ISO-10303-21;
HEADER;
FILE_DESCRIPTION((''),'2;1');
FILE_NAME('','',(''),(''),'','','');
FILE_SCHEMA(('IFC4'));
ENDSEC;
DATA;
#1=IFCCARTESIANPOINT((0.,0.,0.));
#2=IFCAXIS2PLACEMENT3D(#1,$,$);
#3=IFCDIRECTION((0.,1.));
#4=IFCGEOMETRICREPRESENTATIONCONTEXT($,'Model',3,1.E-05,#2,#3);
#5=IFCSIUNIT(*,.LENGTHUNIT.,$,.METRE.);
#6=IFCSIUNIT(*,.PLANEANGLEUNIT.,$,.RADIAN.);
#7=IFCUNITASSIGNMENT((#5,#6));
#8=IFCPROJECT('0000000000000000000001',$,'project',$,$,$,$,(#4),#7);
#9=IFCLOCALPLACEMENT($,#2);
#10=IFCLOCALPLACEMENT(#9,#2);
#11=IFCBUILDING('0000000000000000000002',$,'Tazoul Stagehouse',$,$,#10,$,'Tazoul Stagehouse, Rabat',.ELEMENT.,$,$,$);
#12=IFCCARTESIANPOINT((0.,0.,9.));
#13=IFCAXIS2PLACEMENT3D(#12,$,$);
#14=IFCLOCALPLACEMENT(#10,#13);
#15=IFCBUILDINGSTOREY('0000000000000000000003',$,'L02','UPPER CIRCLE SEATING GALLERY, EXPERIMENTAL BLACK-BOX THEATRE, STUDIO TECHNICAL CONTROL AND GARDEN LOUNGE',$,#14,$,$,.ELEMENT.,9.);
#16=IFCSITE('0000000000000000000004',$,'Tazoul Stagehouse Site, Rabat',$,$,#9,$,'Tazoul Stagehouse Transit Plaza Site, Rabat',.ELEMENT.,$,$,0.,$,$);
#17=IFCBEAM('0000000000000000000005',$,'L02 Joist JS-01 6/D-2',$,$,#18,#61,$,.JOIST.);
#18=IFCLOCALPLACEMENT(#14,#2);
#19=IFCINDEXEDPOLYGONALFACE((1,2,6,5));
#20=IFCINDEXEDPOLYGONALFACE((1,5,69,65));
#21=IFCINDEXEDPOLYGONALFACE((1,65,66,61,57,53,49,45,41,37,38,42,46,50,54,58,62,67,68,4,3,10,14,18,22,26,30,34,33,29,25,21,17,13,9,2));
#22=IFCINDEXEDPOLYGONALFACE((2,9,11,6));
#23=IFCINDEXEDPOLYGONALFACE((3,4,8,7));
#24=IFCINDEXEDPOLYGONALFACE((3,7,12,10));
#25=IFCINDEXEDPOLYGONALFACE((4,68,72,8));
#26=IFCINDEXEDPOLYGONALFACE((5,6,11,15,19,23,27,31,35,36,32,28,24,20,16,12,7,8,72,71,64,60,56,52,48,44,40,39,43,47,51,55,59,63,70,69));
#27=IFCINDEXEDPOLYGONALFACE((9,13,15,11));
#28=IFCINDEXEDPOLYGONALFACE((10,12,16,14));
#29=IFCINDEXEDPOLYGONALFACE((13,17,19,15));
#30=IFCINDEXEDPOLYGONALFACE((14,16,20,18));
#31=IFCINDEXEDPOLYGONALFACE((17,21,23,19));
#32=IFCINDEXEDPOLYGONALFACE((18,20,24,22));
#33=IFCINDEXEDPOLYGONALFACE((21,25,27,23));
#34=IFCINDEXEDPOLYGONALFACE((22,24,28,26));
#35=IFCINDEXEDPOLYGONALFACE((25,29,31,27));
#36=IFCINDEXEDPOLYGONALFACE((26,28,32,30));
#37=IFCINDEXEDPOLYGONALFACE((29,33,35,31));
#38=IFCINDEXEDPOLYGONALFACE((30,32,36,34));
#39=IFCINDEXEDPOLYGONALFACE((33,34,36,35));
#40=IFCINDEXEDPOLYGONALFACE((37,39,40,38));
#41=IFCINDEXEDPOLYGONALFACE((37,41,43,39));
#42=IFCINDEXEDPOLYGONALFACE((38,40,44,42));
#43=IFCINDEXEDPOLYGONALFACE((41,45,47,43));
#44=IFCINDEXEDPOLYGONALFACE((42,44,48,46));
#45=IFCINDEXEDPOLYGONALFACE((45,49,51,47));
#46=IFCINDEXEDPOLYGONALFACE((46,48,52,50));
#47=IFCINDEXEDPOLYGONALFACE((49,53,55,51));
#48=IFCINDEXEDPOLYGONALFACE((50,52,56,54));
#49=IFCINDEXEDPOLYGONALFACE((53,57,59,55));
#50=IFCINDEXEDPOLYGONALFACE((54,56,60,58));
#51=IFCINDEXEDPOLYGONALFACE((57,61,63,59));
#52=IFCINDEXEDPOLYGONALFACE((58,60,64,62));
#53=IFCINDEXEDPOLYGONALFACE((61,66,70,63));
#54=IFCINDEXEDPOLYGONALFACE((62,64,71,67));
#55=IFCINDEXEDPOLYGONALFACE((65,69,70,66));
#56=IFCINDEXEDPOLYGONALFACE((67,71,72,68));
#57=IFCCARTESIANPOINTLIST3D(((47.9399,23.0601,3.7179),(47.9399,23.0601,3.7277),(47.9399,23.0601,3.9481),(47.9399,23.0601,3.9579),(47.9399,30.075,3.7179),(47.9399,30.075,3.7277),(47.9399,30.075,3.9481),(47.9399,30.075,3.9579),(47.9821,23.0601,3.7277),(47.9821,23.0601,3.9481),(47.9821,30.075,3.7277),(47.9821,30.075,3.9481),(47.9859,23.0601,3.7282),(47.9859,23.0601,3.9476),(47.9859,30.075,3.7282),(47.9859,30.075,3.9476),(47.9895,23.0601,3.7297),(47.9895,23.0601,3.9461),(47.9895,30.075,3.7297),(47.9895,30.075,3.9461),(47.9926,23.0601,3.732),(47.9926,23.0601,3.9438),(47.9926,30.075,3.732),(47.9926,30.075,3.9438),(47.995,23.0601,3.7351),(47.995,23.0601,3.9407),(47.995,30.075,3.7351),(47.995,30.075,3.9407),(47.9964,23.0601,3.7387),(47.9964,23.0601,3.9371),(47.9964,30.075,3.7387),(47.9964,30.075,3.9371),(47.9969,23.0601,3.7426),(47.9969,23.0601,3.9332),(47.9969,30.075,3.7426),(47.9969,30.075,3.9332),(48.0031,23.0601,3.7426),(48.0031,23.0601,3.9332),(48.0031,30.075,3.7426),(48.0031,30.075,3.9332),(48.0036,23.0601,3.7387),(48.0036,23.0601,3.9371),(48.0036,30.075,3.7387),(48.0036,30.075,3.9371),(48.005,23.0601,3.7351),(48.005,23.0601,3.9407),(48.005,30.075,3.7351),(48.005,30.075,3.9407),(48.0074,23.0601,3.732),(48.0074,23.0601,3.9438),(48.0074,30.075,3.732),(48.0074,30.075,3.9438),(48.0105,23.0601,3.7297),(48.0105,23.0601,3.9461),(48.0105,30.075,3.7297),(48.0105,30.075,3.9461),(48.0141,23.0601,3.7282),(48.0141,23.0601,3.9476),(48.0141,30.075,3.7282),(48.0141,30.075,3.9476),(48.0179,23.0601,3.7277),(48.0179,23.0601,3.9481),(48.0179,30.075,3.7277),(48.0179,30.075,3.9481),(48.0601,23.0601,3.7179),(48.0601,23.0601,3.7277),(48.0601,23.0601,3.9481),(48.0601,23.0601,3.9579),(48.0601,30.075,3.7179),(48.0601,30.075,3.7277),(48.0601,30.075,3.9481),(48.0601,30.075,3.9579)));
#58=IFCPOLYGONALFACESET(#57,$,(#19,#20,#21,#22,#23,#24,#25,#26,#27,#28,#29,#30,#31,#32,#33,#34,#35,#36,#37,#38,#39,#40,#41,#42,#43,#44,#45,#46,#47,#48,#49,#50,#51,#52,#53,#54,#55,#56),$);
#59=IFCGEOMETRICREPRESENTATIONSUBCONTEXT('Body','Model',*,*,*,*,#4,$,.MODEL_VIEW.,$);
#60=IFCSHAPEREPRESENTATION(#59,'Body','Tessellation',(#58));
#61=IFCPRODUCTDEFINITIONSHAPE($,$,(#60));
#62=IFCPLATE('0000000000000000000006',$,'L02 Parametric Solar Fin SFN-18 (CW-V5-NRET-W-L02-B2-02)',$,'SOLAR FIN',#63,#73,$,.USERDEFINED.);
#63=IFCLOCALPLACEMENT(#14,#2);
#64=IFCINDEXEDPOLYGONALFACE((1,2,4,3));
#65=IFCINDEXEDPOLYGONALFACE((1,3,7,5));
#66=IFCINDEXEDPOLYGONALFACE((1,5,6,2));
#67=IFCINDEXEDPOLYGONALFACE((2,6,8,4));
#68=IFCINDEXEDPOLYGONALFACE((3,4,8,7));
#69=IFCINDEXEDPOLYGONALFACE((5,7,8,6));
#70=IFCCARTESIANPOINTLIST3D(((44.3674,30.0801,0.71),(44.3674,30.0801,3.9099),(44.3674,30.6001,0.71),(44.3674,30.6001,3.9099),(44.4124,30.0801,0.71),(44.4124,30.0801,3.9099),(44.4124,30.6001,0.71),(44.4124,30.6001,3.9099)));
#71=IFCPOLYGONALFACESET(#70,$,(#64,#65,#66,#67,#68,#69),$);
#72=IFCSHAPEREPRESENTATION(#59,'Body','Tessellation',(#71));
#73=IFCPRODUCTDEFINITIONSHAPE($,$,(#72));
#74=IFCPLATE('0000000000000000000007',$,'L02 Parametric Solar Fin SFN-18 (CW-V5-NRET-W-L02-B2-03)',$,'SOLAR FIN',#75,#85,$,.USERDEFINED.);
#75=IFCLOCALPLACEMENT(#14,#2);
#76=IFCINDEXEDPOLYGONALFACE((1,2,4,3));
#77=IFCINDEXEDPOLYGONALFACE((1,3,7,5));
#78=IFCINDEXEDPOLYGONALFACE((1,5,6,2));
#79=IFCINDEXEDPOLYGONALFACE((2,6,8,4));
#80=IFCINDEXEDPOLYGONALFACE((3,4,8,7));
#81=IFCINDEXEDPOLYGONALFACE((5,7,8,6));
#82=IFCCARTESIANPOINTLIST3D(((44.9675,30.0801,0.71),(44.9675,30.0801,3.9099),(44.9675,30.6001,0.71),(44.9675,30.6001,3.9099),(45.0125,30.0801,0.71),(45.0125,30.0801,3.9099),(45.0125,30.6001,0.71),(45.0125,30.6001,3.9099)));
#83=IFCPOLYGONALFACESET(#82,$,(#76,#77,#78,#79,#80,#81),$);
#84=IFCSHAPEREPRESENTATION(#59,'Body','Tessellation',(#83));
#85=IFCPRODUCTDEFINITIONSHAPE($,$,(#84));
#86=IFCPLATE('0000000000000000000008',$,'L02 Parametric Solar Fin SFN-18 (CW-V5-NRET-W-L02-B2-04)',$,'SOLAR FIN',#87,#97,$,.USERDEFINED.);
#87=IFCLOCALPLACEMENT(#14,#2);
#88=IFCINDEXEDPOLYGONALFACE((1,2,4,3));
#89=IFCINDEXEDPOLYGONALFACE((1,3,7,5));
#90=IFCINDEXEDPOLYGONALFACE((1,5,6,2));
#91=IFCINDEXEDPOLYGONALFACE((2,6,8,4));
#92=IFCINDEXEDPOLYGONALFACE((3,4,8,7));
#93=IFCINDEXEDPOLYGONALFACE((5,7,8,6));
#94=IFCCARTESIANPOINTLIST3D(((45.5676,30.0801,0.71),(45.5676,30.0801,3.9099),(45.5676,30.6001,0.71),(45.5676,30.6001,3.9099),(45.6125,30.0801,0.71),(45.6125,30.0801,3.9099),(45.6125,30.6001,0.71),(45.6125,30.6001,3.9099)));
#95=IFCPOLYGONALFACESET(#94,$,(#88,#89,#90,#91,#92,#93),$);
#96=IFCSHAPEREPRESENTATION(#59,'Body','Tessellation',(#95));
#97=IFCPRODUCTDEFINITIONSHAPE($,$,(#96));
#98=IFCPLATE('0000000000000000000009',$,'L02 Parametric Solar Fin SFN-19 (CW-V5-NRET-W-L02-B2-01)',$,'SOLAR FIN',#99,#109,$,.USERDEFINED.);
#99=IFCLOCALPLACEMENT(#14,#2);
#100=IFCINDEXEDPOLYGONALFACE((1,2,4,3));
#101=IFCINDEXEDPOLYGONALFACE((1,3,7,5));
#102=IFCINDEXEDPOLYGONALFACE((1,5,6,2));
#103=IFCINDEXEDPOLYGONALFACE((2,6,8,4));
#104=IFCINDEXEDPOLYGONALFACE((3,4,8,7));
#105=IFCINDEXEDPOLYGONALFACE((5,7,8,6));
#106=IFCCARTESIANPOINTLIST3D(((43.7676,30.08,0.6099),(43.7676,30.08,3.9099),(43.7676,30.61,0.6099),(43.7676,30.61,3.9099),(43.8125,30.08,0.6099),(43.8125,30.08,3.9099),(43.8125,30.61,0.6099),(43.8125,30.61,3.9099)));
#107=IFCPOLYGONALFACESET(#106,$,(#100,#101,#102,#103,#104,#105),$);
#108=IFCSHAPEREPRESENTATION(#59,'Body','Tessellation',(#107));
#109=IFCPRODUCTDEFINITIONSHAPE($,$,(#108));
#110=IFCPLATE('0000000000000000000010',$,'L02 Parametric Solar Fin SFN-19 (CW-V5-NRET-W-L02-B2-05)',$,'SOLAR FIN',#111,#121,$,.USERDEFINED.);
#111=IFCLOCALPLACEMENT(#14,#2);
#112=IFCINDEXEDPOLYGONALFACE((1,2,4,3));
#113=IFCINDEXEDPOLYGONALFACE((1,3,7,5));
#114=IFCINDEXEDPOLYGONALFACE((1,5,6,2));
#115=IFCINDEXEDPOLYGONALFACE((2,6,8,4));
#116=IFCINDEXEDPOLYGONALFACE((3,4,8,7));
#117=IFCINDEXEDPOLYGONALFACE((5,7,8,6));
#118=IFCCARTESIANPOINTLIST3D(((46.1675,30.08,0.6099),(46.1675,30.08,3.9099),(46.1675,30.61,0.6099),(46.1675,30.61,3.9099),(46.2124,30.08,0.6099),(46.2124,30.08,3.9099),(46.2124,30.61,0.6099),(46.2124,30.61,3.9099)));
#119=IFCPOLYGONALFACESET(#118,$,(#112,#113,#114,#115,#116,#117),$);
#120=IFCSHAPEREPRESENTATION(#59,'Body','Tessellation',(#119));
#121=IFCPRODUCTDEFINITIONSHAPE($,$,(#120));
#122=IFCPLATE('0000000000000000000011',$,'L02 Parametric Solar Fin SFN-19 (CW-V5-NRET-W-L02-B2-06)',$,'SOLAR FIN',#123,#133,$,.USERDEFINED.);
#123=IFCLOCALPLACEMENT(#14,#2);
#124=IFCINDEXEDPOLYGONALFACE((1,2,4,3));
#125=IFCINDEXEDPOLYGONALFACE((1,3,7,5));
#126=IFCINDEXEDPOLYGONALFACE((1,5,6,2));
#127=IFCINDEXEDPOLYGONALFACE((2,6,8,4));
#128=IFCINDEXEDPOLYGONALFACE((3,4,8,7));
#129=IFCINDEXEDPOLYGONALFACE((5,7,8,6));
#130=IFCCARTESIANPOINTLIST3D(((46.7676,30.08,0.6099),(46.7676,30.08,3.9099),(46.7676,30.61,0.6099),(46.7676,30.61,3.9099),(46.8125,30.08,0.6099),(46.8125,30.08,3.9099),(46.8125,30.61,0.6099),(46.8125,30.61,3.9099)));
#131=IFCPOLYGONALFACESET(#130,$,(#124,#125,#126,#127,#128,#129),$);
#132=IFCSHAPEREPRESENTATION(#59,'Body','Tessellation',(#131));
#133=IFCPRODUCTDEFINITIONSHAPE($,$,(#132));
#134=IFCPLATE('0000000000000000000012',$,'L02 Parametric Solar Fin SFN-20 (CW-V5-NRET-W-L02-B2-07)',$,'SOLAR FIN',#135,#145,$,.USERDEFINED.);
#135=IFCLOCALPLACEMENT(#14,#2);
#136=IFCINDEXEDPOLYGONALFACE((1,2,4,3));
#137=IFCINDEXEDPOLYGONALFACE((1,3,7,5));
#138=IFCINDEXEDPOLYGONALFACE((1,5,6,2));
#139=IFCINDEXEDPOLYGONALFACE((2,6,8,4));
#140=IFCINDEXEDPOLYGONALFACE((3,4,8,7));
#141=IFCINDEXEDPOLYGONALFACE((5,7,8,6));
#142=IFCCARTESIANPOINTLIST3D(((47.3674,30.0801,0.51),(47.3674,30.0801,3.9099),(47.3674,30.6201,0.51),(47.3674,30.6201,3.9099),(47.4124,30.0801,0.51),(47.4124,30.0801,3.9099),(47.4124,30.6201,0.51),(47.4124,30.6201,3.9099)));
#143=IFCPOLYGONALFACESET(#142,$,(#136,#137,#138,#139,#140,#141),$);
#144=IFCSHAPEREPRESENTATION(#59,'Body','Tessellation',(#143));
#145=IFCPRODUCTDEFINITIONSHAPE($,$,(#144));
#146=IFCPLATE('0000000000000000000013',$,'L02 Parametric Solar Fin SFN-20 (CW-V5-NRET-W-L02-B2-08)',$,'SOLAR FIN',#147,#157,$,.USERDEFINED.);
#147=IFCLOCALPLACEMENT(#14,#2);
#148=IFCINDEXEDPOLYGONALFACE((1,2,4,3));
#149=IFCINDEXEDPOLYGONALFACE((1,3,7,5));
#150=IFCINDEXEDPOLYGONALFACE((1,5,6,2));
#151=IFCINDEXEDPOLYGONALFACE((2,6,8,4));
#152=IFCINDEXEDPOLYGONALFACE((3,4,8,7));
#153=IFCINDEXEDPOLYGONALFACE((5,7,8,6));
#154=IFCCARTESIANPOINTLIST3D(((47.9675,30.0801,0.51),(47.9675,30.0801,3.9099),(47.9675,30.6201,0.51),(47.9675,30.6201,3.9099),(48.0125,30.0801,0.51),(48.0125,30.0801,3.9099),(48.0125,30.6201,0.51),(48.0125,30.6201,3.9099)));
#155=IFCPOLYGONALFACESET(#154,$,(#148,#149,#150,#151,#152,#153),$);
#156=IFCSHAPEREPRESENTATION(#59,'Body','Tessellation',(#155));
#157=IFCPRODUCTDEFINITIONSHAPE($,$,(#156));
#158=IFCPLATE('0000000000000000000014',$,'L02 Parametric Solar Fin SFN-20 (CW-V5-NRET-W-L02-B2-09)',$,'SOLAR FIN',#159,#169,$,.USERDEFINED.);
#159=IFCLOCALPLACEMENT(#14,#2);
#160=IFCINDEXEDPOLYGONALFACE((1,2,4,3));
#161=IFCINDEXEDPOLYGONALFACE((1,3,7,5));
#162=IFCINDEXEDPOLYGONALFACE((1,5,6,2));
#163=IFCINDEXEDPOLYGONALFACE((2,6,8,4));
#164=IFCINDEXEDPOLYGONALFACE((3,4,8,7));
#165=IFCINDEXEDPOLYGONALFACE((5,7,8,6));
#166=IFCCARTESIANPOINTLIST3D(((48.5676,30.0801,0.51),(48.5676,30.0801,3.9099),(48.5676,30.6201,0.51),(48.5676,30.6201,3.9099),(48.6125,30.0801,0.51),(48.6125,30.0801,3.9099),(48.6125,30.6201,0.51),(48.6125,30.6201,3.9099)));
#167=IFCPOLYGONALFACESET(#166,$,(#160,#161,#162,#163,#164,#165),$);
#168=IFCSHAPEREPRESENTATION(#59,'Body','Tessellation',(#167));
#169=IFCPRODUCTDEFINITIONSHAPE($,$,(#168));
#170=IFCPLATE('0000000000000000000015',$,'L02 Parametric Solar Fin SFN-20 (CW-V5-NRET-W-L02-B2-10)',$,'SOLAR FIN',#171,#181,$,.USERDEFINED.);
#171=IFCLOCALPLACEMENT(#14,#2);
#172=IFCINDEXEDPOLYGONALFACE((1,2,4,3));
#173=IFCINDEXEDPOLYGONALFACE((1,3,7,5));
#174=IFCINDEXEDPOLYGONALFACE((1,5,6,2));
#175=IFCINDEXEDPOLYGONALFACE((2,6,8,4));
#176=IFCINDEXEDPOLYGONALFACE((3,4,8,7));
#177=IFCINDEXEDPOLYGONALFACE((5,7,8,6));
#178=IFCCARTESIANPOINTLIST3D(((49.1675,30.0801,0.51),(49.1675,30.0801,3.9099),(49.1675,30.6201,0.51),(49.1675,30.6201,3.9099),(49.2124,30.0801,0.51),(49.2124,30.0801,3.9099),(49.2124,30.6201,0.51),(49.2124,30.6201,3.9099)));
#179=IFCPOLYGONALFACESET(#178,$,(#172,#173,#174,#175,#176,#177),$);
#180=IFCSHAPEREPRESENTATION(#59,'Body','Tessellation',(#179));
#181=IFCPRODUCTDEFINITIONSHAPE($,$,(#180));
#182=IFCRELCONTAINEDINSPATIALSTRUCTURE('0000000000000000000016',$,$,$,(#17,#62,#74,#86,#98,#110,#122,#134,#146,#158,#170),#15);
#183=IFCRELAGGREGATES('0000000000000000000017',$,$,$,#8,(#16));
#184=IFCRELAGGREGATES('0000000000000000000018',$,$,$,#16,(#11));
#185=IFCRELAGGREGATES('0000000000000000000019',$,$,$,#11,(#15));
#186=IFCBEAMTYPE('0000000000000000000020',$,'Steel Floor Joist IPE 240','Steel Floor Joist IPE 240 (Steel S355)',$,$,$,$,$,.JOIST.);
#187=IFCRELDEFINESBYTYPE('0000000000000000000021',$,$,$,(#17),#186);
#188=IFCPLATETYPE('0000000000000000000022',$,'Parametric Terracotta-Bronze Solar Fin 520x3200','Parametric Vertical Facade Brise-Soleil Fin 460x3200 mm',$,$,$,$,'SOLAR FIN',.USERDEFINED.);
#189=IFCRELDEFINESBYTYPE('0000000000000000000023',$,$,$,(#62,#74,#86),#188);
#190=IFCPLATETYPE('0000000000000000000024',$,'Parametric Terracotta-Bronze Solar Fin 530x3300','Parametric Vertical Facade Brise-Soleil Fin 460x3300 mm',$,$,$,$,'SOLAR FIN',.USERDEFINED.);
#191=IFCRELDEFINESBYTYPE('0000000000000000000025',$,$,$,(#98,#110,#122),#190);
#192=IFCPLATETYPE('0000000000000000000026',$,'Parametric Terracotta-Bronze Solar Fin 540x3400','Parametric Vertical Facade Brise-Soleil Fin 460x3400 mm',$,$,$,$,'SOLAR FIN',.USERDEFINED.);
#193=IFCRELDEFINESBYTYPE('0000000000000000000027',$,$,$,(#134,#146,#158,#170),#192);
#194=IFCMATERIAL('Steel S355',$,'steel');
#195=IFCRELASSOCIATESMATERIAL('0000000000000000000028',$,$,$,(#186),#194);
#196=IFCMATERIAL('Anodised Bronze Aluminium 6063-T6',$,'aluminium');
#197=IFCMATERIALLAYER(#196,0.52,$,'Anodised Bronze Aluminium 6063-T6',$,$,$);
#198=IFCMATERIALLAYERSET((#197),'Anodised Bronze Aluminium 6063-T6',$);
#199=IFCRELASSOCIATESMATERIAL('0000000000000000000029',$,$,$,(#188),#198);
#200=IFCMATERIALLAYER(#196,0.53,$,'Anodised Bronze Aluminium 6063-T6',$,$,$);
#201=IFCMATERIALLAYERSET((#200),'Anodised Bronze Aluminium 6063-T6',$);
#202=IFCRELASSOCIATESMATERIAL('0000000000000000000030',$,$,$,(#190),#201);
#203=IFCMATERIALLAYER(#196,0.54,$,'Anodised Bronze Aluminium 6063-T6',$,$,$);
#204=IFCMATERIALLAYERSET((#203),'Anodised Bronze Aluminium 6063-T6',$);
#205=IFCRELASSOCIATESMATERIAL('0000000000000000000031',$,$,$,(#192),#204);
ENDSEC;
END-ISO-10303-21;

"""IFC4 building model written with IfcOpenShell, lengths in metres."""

from ifc_helpers import new_model, si_unit, direction, frame, origin, origin_2d, place, context, subcontext, project, spatial, rectangle, i_section, extrude, material, layer, layer_set, material_profile, profile_set, type_object, element, save


model = new_model("IFC4")

# Units and contexts
model_context = context("Model", 3, precision=1e-05, world=origin(), true_north=direction((0.0, 1.0)))
body_context = subcontext(model_context, "Body", "Model", "MODEL_VIEW")
ifc_project = project(units=[si_unit("LENGTHUNIT", "METRE"), si_unit("PLANEANGLEUNIT", "RADIAN")], contexts=[model_context])

# Site, building, storey
site_placement = place(None, origin())
site = spatial("IfcSite", under=ifc_project, at=site_placement, Name="Tazoul Stagehouse Site, Rabat", LongName="Tazoul Stagehouse Transit Plaza Site, Rabat", CompositionType="ELEMENT", RefElevation=0.0)
building_placement = place(site_placement, origin())
building = spatial("IfcBuilding", under=site, at=building_placement, Name="Tazoul Stagehouse", LongName="Tazoul Stagehouse, Rabat", CompositionType="ELEMENT")
storey_placement = place(building_placement, frame((0.0, 0.0, 9.0)))
storey = spatial("IfcBuildingStorey", under=building, at=storey_placement, Name="L02", Description="UPPER CIRCLE SEATING GALLERY, EXPERIMENTAL BLACK-BOX THEATRE, STUDIO TECHNICAL CONTROL AND GARDEN LOUNGE", CompositionType="ELEMENT", Elevation=9.0)

# Beam
ifc_material_1 = material(Name="Steel S355", Category="steel")
ifc_material_profile = material_profile(ifc_material_1, i_section(OverallWidth=0.1201, OverallDepth=0.24, WebThickness=0.0061, FlangeThickness=0.0098, FilletRadius=0.0149, at=origin_2d()), Name="IPE 240")
ifc_profile_set = profile_set([ifc_material_profile], Name="Steel S355")
beam_type = type_object("IfcBeamType", Name="Steel Floor Joist IPE 240", Description="Steel Floor Joist IPE 240 (Steel S355)", PredefinedType="JOIST", material=ifc_profile_set)
beam_placement = place(storey_placement, frame((48.0, 23.0601, 3.8379), z_axis=(0.0, 1.0, 0.0), x_axis=(-1.0, 0.0, 0.0)))
element("IfcBeam", 1, at=beam_placement, inside=storey, type_object=beam_type, Name="L02 Joist JS-01 6/D-2", PredefinedType="JOIST", context=body_context, shape_type="SweptSolid", body=[
    extrude(i_section(OverallWidth=0.1201, OverallDepth=0.24, WebThickness=0.0061, FlangeThickness=0.0098, FilletRadius=0.0149, at=origin_2d()), origin(), (0.0, 0.0, 1.0), 7.0149),
])

# Plates
ifc_material_2 = material(Name="Anodised Bronze Aluminium 6063-T6", Category="aluminium")
ifc_layer_1 = layer(ifc_material_2, 0.52, Name="Anodised Bronze Aluminium 6063-T6")
ifc_layer_set_1 = layer_set([ifc_layer_1], Name="Anodised Bronze Aluminium 6063-T6")
plate_type_1 = type_object("IfcPlateType", Name="Parametric Terracotta-Bronze Solar Fin 520x3200", Description="Parametric Vertical Facade Brise-Soleil Fin 460x3200 mm", ElementType="SOLAR FIN", PredefinedType="USERDEFINED", material=ifc_layer_set_1)
for number, where, z_axis, x_axis, name in (
    (2, (44.3899, 30.3401, 0.71), (0.0, 0.0, 1.0), (1.0, 0.0, 0.0), "L02 Parametric Solar Fin SFN-18 (CW-V5-NRET-W-L02-B2-02)"),
    (3, (44.99, 30.3401, 0.71), (0.0, 0.0, 1.0), (1.0, 0.0, 0.0), "L02 Parametric Solar Fin SFN-18 (CW-V5-NRET-W-L02-B2-03)"),
    (4, (45.5901, 30.3401, 0.71), (0.0, 0.0, 1.0), (1.0, 0.0, 0.0), "L02 Parametric Solar Fin SFN-18 (CW-V5-NRET-W-L02-B2-04)"),
):
    element("IfcPlate", number, at=place(storey_placement, frame(where, z_axis=z_axis, x_axis=x_axis)), inside=storey, type_object=plate_type_1, Name=name, ObjectType="SOLAR FIN", PredefinedType="USERDEFINED", context=body_context, shape_type="SweptSolid", body=[
        extrude(rectangle(XDim=0.0449, YDim=0.52, at=origin_2d()), origin(), (0.0, 0.0, 1.0), 3.2),
    ])
ifc_layer_2 = layer(ifc_material_2, 0.53, Name="Anodised Bronze Aluminium 6063-T6")
ifc_layer_set_2 = layer_set([ifc_layer_2], Name="Anodised Bronze Aluminium 6063-T6")
plate_type_2 = type_object("IfcPlateType", Name="Parametric Terracotta-Bronze Solar Fin 530x3300", Description="Parametric Vertical Facade Brise-Soleil Fin 460x3300 mm", ElementType="SOLAR FIN", PredefinedType="USERDEFINED", material=ifc_layer_set_2)
for number, where, z_axis, x_axis, name in (
    (5, (43.79, 30.345, 0.6099), (0.0, 0.0, 1.0), (1.0, 0.0, 0.0), "L02 Parametric Solar Fin SFN-19 (CW-V5-NRET-W-L02-B2-01)"),
    (6, (46.1899, 30.345, 0.6099), (0.0, 0.0, 1.0), (1.0, 0.0, 0.0), "L02 Parametric Solar Fin SFN-19 (CW-V5-NRET-W-L02-B2-05)"),
    (7, (46.79, 30.345, 0.6099), (0.0, 0.0, 1.0), (1.0, 0.0, 0.0), "L02 Parametric Solar Fin SFN-19 (CW-V5-NRET-W-L02-B2-06)"),
):
    element("IfcPlate", number, at=place(storey_placement, frame(where, z_axis=z_axis, x_axis=x_axis)), inside=storey, type_object=plate_type_2, Name=name, ObjectType="SOLAR FIN", PredefinedType="USERDEFINED", context=body_context, shape_type="SweptSolid", body=[
        extrude(rectangle(XDim=0.0449, YDim=0.53, at=origin_2d()), origin(), (0.0, 0.0, 1.0), 3.3),
    ])
ifc_layer_3 = layer(ifc_material_2, 0.54, Name="Anodised Bronze Aluminium 6063-T6")
ifc_layer_set_3 = layer_set([ifc_layer_3], Name="Anodised Bronze Aluminium 6063-T6")
plate_type_3 = type_object("IfcPlateType", Name="Parametric Terracotta-Bronze Solar Fin 540x3400", Description="Parametric Vertical Facade Brise-Soleil Fin 460x3400 mm", ElementType="SOLAR FIN", PredefinedType="USERDEFINED", material=ifc_layer_set_3)
for number, where, z_axis, x_axis, name in (
    (8, (47.3899, 30.3501, 0.51), (0.0, 0.0, 1.0), (1.0, 0.0, 0.0), "L02 Parametric Solar Fin SFN-20 (CW-V5-NRET-W-L02-B2-07)"),
    (9, (47.99, 30.3501, 0.51), (0.0, 0.0, 1.0), (1.0, 0.0, 0.0), "L02 Parametric Solar Fin SFN-20 (CW-V5-NRET-W-L02-B2-08)"),
    (10, (48.5901, 30.3501, 0.51), (0.0, 0.0, 1.0), (1.0, 0.0, 0.0), "L02 Parametric Solar Fin SFN-20 (CW-V5-NRET-W-L02-B2-09)"),
    (11, (49.1899, 30.3501, 0.51), (0.0, 0.0, 1.0), (1.0, 0.0, 0.0), "L02 Parametric Solar Fin SFN-20 (CW-V5-NRET-W-L02-B2-10)"),
):
    element("IfcPlate", number, at=place(storey_placement, frame(where, z_axis=z_axis, x_axis=x_axis)), inside=storey, type_object=plate_type_3, Name=name, ObjectType="SOLAR FIN", PredefinedType="USERDEFINED", context=body_context, shape_type="SweptSolid", body=[
        extrude(rectangle(XDim=0.0449, YDim=0.54, at=origin_2d()), origin(), (0.0, 0.0, 1.0), 3.3999),
    ])

save(model, "model.ifc")
